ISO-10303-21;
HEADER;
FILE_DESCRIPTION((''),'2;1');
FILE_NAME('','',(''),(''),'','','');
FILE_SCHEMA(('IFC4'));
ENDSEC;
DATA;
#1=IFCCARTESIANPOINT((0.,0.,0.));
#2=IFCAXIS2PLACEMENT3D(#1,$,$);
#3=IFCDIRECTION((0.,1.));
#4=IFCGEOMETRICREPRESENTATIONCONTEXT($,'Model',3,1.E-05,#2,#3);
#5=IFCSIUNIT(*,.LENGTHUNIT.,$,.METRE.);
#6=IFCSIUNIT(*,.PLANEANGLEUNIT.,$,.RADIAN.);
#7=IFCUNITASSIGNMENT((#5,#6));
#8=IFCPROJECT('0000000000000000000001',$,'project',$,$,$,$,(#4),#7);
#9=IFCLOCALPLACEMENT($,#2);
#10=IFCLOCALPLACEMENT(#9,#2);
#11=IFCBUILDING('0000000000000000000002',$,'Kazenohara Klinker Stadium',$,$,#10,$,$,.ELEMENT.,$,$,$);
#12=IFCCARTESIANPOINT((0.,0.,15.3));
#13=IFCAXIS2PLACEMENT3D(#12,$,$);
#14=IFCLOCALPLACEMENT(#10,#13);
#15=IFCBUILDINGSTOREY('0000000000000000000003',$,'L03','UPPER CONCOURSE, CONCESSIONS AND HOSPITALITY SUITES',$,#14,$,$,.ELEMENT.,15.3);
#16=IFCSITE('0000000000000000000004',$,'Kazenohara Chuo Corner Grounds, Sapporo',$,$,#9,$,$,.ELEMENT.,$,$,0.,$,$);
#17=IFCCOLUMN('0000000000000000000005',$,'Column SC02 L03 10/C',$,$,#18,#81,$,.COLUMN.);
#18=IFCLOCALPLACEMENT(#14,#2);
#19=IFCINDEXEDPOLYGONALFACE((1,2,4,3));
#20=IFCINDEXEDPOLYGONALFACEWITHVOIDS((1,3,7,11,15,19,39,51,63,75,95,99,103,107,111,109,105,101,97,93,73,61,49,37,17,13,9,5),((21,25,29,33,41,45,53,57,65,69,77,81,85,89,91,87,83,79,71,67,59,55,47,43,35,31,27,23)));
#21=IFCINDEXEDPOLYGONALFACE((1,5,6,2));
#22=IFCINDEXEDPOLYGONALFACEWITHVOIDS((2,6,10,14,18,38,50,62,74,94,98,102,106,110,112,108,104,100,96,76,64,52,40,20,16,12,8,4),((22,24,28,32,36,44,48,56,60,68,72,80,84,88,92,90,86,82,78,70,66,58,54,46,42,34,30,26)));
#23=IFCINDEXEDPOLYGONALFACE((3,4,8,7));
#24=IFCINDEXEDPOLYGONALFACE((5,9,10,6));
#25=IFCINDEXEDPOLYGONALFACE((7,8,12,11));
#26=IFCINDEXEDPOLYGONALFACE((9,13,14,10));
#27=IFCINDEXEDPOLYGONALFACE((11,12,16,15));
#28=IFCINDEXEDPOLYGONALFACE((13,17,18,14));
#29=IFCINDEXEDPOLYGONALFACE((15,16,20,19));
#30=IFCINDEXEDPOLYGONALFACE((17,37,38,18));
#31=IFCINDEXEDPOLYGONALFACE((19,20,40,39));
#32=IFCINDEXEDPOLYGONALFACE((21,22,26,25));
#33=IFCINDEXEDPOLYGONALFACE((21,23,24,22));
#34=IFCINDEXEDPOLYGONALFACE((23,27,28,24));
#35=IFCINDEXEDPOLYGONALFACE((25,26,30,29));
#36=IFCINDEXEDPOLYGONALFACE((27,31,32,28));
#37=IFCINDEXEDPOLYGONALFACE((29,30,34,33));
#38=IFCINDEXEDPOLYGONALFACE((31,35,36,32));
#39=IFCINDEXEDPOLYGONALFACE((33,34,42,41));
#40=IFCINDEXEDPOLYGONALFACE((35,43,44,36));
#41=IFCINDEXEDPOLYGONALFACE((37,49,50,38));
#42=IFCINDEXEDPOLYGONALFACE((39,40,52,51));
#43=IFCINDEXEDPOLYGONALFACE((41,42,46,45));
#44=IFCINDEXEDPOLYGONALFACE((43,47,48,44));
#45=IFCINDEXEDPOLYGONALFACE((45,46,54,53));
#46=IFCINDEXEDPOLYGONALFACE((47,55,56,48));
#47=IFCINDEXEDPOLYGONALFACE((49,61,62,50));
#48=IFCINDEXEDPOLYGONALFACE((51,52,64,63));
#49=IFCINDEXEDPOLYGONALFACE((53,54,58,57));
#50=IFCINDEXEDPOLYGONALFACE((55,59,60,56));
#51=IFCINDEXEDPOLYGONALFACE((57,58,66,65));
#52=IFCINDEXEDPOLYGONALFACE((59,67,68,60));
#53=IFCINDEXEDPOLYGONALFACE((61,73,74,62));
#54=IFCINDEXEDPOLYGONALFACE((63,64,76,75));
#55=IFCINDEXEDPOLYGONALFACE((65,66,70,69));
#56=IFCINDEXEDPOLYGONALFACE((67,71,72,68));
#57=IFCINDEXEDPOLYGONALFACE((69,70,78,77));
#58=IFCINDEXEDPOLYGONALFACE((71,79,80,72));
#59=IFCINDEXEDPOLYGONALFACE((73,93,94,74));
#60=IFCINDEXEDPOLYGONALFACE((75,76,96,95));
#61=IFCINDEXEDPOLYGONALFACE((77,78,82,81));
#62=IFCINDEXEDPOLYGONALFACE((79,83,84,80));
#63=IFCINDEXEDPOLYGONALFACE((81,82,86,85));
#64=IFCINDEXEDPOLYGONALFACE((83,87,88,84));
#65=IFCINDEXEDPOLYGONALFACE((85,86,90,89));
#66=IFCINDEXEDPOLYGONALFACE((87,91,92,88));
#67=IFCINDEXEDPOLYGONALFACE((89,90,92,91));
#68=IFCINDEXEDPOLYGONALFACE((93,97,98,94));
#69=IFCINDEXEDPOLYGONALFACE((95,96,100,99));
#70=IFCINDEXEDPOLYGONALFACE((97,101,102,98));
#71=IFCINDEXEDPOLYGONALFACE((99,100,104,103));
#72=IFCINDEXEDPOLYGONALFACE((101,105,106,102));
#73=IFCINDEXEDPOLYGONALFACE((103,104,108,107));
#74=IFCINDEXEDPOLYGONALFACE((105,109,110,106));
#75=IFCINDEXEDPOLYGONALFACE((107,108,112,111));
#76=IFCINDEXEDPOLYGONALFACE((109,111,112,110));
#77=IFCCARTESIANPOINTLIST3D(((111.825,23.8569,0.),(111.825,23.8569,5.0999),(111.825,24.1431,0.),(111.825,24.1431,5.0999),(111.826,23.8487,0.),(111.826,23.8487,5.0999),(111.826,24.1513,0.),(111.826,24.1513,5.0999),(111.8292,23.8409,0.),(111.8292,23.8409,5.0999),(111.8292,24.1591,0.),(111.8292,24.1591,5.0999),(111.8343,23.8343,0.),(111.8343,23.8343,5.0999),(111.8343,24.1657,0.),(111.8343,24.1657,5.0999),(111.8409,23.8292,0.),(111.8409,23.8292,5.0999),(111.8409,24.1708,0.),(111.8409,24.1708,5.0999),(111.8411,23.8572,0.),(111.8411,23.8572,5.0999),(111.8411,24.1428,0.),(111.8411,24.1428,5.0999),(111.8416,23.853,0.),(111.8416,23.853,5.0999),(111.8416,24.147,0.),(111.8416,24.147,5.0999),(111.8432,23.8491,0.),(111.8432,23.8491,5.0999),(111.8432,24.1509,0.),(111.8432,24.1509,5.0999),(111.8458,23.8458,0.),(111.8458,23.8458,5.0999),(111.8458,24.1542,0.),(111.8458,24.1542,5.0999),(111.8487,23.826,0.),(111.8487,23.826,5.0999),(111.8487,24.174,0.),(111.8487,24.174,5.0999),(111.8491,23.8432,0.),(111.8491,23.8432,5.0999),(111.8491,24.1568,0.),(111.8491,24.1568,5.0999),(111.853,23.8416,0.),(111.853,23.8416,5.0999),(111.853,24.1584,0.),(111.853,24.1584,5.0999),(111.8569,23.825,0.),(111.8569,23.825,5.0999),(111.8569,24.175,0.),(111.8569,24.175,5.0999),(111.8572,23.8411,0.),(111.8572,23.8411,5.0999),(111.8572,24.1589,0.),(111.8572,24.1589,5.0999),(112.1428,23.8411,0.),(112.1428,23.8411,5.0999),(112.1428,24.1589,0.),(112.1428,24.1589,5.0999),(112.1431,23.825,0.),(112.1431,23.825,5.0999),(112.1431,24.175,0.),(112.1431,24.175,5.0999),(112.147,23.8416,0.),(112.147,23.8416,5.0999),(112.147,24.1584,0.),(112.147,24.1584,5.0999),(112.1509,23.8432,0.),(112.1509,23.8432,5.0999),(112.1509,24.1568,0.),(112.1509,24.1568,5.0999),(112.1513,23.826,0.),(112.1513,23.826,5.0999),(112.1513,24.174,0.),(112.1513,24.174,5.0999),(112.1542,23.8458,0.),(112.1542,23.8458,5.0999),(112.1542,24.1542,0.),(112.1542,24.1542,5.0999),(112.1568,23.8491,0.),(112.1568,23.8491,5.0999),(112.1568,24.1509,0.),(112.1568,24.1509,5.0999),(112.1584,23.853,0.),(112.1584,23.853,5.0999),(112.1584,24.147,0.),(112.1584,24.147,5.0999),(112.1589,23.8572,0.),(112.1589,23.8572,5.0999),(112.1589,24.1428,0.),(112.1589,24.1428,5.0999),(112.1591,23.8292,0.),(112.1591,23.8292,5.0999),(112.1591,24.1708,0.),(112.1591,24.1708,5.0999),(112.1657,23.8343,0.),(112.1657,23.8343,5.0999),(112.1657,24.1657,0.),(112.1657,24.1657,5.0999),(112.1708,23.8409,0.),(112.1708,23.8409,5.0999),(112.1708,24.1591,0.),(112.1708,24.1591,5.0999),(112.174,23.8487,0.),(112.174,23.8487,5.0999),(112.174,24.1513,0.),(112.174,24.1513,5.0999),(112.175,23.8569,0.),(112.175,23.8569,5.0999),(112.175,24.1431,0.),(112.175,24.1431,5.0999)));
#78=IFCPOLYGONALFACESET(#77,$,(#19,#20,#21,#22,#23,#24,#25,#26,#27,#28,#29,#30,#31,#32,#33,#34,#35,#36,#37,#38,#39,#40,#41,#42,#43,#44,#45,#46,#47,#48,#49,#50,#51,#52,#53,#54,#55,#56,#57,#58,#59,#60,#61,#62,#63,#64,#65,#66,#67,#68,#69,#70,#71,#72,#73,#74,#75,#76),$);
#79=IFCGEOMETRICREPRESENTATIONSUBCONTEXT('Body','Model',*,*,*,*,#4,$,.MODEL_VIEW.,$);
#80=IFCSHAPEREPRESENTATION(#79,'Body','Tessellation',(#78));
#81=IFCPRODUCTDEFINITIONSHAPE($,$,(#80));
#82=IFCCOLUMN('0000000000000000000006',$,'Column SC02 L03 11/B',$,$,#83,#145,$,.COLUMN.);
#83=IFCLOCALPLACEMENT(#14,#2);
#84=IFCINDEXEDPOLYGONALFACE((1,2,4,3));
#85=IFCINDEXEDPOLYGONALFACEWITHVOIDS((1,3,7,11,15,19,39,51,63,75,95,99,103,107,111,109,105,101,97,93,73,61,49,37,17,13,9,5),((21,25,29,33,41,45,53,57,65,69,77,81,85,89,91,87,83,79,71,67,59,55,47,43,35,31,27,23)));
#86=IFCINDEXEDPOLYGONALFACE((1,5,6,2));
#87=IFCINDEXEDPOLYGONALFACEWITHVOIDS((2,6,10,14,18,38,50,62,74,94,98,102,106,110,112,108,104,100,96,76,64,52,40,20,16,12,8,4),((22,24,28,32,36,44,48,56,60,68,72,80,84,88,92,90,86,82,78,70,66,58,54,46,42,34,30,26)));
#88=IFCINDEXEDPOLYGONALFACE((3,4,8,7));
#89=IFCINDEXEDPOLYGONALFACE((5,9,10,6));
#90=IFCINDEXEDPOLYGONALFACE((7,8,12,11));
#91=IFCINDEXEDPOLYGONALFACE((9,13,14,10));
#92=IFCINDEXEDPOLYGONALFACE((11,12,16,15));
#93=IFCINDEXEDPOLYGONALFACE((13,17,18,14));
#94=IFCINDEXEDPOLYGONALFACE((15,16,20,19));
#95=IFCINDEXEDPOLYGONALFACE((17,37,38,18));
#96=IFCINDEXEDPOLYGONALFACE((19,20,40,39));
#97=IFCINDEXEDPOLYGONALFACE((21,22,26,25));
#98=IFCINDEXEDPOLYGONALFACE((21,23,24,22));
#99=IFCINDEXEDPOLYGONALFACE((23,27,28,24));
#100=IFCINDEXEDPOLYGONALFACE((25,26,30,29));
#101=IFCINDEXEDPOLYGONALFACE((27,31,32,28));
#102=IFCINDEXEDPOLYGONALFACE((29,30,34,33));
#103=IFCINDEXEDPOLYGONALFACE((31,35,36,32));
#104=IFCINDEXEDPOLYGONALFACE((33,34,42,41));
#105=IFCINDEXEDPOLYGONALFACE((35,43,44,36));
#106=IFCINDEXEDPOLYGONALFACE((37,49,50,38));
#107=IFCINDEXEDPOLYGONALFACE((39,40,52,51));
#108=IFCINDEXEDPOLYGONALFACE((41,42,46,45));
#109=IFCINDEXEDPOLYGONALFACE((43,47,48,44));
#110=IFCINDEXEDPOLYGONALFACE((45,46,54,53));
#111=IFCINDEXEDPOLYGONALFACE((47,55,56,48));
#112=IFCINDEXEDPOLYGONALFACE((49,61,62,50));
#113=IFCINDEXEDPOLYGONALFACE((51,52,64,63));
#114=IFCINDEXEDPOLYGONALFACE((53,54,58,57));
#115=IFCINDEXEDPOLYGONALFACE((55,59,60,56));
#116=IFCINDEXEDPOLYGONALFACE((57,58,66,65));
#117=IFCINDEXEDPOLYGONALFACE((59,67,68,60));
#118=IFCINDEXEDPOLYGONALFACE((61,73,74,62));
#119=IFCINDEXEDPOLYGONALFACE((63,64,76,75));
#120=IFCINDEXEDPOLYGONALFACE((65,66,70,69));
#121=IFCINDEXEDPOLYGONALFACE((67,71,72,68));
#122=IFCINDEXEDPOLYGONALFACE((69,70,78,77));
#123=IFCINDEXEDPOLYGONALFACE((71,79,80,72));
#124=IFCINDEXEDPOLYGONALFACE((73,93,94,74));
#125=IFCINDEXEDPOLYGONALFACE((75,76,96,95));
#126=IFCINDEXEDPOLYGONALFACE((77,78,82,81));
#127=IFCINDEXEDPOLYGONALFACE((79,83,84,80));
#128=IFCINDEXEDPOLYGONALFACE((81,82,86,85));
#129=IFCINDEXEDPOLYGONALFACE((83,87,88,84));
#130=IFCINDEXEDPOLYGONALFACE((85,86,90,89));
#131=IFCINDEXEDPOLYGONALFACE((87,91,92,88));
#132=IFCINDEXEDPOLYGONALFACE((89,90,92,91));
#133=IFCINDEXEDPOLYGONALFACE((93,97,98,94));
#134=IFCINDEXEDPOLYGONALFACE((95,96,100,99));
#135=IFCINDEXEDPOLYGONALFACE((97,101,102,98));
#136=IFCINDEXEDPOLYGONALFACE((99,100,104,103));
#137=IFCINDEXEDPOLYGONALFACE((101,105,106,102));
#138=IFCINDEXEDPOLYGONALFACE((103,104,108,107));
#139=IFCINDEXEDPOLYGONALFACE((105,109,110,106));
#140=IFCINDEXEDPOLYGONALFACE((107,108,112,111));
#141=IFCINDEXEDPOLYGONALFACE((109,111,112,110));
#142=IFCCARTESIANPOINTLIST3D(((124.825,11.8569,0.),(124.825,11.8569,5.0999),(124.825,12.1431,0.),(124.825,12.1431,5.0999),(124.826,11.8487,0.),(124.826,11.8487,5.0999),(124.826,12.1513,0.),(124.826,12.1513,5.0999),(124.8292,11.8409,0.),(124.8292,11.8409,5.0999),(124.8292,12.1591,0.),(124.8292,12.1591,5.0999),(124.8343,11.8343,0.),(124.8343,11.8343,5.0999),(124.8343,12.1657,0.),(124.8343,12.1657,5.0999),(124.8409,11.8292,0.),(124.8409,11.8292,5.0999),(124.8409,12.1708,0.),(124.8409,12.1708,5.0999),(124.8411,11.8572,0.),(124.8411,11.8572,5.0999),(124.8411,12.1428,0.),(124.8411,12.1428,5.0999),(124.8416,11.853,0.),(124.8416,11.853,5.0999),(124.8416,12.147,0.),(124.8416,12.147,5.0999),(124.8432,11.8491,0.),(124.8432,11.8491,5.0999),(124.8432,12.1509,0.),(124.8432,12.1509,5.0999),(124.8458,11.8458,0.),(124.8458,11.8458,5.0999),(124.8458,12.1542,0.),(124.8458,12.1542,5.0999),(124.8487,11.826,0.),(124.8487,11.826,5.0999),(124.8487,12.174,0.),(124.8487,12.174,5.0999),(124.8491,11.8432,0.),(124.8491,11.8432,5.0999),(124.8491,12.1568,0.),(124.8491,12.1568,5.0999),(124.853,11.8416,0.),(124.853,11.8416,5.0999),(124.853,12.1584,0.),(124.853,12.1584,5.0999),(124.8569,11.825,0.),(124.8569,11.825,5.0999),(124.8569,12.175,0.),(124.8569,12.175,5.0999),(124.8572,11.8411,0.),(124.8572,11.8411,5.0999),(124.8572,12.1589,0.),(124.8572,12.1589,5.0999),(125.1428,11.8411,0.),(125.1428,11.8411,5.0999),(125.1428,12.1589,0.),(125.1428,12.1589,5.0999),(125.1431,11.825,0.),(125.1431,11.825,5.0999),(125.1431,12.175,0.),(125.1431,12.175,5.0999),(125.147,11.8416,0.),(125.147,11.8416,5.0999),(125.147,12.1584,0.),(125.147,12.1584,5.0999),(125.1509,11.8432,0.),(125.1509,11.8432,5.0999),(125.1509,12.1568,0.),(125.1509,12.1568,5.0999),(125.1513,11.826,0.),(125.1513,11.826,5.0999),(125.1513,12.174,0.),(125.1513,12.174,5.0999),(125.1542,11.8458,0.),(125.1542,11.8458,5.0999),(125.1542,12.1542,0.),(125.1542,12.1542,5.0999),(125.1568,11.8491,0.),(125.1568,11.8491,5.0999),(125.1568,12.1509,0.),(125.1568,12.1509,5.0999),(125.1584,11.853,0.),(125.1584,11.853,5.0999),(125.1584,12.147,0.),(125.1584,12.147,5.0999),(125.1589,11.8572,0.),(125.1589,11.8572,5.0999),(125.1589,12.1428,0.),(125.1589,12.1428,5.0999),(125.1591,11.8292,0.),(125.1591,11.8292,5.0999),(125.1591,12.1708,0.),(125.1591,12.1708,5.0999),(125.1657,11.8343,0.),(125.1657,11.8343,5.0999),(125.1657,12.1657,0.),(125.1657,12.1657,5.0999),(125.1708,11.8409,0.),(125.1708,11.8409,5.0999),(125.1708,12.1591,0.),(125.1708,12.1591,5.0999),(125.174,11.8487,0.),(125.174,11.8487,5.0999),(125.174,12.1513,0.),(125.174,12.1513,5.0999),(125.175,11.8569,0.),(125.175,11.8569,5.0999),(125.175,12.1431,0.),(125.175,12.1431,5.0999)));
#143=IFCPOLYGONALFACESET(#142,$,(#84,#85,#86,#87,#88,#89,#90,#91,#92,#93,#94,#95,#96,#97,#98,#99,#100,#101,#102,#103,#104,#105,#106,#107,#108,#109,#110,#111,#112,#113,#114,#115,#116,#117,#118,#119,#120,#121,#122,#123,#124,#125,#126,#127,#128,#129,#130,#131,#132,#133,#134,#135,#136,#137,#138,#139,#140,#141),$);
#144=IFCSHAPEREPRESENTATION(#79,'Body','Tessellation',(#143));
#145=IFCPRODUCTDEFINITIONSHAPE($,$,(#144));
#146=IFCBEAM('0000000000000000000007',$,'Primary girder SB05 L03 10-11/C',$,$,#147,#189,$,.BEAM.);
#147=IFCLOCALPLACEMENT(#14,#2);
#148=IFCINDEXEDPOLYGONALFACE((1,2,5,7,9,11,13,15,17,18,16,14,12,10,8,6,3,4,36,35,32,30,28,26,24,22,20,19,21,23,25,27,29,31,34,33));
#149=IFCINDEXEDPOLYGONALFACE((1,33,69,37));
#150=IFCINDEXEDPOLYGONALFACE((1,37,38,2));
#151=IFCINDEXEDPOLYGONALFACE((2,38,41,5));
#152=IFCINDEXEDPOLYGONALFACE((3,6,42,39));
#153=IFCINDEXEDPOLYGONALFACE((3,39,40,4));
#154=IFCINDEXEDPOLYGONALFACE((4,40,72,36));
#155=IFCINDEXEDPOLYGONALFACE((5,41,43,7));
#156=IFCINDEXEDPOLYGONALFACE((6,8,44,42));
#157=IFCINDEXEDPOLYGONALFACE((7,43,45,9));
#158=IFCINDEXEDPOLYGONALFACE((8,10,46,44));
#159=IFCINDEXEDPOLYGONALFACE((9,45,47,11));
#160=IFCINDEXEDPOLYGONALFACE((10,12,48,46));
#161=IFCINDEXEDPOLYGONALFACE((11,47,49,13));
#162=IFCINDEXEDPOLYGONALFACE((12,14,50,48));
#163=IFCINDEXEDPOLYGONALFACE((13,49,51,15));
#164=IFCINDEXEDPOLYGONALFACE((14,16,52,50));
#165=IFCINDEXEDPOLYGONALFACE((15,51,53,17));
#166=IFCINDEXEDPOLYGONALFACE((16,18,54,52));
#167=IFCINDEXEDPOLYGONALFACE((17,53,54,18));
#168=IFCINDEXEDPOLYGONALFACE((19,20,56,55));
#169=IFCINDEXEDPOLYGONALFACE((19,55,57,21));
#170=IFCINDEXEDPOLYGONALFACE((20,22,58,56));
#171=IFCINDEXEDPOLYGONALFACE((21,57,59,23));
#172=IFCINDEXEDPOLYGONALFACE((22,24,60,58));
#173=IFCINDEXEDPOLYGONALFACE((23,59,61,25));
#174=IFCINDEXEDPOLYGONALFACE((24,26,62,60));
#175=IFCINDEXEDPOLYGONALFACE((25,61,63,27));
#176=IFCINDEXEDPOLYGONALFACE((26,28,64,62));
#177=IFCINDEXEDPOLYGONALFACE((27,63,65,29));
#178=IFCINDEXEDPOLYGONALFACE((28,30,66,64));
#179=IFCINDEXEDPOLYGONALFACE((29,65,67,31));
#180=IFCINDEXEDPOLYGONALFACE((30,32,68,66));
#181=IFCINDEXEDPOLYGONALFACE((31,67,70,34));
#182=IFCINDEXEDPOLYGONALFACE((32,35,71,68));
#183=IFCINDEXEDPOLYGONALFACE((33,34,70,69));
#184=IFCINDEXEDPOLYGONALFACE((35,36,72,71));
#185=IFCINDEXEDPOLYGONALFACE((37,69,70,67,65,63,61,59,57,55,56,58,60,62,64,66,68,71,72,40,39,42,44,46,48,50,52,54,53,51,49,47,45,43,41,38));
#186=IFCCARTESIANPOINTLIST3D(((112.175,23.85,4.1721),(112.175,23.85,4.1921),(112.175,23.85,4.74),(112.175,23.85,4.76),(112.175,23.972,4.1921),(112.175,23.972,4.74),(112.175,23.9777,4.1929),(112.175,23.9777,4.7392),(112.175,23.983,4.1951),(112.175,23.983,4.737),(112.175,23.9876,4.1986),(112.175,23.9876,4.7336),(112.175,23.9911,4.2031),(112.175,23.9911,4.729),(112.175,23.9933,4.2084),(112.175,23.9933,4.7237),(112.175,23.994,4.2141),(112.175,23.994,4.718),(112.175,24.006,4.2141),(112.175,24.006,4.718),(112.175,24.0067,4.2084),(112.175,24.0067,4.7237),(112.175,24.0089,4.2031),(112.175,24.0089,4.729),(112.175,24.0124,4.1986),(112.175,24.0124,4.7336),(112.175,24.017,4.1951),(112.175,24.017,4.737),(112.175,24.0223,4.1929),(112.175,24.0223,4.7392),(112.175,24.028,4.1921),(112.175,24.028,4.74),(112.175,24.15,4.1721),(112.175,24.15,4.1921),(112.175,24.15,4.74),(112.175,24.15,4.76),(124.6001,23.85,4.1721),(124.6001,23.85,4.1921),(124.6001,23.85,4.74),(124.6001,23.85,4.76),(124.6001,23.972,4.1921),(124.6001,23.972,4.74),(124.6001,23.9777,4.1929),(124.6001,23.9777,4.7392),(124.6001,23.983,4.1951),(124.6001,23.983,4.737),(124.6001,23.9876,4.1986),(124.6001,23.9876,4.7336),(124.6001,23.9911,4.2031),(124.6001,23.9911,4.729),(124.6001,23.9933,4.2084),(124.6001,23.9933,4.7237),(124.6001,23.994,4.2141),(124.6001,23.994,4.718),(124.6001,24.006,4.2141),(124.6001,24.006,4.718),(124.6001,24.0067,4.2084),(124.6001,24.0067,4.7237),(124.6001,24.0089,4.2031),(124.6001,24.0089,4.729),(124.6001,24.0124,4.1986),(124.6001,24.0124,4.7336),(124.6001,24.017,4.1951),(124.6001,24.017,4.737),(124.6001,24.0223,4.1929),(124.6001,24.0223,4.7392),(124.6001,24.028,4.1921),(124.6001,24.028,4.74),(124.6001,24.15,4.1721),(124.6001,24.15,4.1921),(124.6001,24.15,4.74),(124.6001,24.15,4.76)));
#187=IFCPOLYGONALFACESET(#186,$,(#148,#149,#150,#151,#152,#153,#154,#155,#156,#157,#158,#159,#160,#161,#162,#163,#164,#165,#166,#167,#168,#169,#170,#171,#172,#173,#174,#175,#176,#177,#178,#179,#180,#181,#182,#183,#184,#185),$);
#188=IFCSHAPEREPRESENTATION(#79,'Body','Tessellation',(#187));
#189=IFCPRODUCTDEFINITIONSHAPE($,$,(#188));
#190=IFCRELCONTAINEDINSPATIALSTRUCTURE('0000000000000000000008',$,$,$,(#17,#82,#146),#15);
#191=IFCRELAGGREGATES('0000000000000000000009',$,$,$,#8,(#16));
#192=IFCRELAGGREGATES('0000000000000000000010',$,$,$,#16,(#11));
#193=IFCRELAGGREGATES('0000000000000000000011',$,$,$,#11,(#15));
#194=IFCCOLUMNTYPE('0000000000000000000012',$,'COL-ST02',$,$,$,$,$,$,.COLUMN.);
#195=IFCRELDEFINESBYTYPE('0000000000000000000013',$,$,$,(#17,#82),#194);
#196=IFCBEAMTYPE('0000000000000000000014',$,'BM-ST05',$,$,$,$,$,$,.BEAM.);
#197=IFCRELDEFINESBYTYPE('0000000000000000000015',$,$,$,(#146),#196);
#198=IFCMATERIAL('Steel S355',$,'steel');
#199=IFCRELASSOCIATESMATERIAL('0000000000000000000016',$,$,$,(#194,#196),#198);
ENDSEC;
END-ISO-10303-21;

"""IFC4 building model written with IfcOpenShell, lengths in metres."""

from ifc_helpers import new_model, si_unit, direction, frame, origin, origin_2d, place, context, subcontext, project, spatial, hollow_rectangle, i_section, extrude, material, material_profile, profile_set, type_object, element, save


model = new_model("IFC4")

# Units and contexts
model_context = context("Model", 3, precision=1e-05, world=origin(), true_north=direction((0.0, 1.0)))
body_context = subcontext(model_context, "Body", "Model", "MODEL_VIEW")
ifc_project = project(units=[si_unit("LENGTHUNIT", "METRE"), si_unit("PLANEANGLEUNIT", "RADIAN")], contexts=[model_context])

# Site, building, storey
site_placement = place(None, origin())
site = spatial("IfcSite", under=ifc_project, at=site_placement, Name="Kazenohara Chuo Corner Grounds, Sapporo", CompositionType="ELEMENT", RefElevation=0.0)
building_placement = place(site_placement, origin())
building = spatial("IfcBuilding", under=site, at=building_placement, Name="Kazenohara Klinker Stadium", CompositionType="ELEMENT")
storey_placement = place(building_placement, frame((0.0, 0.0, 15.3)))
storey = spatial("IfcBuildingStorey", under=building, at=storey_placement, Name="L03", Description="UPPER CONCOURSE, CONCESSIONS AND HOSPITALITY SUITES", CompositionType="ELEMENT", Elevation=15.3)

# Columns
ifc_material_1 = material(Name="Steel S355", Category="steel")
ifc_material_profile_1 = material_profile(ifc_material_1, hollow_rectangle(XDim=0.3501, YDim=0.3501, WallThickness=0.0161, InnerFilletRadius=0.0161, OuterFilletRadius=0.032, at=origin_2d()), Name="SHS-350x350x16")
ifc_profile_set_1 = profile_set([ifc_material_profile_1], Name="Steel S355")
column_type = type_object("IfcColumnType", Name="COL-ST02", PredefinedType="COLUMN", material=ifc_profile_set_1)
for number, where, z_axis, x_axis, name in (
    (1, (112.0, 24.0, 0.0), (0.0, 0.0, 1.0), (1.0, 0.0, 0.0), "Column SC02 L03 10/C"),
    (2, (125.0, 12.0, 0.0), (0.0, 0.0, 1.0), (1.0, 0.0, 0.0), "Column SC02 L03 11/B"),
):
    element("IfcColumn", number, at=place(storey_placement, frame(where, z_axis=z_axis, x_axis=x_axis)), inside=storey, type_object=column_type, Name=name, PredefinedType="COLUMN", context=body_context, shape_type="SweptSolid", body=[
        extrude(hollow_rectangle(XDim=0.3501, YDim=0.3501, WallThickness=0.0161, InnerFilletRadius=0.0161, OuterFilletRadius=0.032, at=origin_2d()), origin(), (0.0, 0.0, 1.0), 5.0999),
    ])

# Beam
ifc_material_profile_2 = material_profile(ifc_material_1, i_section(OverallWidth=0.3, OverallDepth=0.5879, WebThickness=0.012, FlangeThickness=0.02, FilletRadius=0.022, at=origin_2d()), Name="H-588x300x12x20")
ifc_profile_set_2 = profile_set([ifc_material_profile_2], Name="Steel S355")
beam_type_1 = type_object("IfcBeamType", Name="BM-ST05", PredefinedType="BEAM", material=ifc_profile_set_2)
beam_1_placement = place(storey_placement, frame((112.175, 24.0, 4.4661), z_axis=(1.0, 0.0, 0.0), x_axis=(0.0, 1.0, 0.0)))
element("IfcBeam", 3, at=beam_1_placement, inside=storey, type_object=beam_type_1, Name="Primary girder SB05 L03 10-11/C", PredefinedType="BEAM", context=body_context, shape_type="SweptSolid", body=[
    extrude(i_section(OverallWidth=0.3, OverallDepth=0.5879, WebThickness=0.012, FlangeThickness=0.02, FilletRadius=0.022, at=origin_2d()), origin(), (0.0, 0.0, 1.0), 12.425),
])

save(model, "model.ifc")
